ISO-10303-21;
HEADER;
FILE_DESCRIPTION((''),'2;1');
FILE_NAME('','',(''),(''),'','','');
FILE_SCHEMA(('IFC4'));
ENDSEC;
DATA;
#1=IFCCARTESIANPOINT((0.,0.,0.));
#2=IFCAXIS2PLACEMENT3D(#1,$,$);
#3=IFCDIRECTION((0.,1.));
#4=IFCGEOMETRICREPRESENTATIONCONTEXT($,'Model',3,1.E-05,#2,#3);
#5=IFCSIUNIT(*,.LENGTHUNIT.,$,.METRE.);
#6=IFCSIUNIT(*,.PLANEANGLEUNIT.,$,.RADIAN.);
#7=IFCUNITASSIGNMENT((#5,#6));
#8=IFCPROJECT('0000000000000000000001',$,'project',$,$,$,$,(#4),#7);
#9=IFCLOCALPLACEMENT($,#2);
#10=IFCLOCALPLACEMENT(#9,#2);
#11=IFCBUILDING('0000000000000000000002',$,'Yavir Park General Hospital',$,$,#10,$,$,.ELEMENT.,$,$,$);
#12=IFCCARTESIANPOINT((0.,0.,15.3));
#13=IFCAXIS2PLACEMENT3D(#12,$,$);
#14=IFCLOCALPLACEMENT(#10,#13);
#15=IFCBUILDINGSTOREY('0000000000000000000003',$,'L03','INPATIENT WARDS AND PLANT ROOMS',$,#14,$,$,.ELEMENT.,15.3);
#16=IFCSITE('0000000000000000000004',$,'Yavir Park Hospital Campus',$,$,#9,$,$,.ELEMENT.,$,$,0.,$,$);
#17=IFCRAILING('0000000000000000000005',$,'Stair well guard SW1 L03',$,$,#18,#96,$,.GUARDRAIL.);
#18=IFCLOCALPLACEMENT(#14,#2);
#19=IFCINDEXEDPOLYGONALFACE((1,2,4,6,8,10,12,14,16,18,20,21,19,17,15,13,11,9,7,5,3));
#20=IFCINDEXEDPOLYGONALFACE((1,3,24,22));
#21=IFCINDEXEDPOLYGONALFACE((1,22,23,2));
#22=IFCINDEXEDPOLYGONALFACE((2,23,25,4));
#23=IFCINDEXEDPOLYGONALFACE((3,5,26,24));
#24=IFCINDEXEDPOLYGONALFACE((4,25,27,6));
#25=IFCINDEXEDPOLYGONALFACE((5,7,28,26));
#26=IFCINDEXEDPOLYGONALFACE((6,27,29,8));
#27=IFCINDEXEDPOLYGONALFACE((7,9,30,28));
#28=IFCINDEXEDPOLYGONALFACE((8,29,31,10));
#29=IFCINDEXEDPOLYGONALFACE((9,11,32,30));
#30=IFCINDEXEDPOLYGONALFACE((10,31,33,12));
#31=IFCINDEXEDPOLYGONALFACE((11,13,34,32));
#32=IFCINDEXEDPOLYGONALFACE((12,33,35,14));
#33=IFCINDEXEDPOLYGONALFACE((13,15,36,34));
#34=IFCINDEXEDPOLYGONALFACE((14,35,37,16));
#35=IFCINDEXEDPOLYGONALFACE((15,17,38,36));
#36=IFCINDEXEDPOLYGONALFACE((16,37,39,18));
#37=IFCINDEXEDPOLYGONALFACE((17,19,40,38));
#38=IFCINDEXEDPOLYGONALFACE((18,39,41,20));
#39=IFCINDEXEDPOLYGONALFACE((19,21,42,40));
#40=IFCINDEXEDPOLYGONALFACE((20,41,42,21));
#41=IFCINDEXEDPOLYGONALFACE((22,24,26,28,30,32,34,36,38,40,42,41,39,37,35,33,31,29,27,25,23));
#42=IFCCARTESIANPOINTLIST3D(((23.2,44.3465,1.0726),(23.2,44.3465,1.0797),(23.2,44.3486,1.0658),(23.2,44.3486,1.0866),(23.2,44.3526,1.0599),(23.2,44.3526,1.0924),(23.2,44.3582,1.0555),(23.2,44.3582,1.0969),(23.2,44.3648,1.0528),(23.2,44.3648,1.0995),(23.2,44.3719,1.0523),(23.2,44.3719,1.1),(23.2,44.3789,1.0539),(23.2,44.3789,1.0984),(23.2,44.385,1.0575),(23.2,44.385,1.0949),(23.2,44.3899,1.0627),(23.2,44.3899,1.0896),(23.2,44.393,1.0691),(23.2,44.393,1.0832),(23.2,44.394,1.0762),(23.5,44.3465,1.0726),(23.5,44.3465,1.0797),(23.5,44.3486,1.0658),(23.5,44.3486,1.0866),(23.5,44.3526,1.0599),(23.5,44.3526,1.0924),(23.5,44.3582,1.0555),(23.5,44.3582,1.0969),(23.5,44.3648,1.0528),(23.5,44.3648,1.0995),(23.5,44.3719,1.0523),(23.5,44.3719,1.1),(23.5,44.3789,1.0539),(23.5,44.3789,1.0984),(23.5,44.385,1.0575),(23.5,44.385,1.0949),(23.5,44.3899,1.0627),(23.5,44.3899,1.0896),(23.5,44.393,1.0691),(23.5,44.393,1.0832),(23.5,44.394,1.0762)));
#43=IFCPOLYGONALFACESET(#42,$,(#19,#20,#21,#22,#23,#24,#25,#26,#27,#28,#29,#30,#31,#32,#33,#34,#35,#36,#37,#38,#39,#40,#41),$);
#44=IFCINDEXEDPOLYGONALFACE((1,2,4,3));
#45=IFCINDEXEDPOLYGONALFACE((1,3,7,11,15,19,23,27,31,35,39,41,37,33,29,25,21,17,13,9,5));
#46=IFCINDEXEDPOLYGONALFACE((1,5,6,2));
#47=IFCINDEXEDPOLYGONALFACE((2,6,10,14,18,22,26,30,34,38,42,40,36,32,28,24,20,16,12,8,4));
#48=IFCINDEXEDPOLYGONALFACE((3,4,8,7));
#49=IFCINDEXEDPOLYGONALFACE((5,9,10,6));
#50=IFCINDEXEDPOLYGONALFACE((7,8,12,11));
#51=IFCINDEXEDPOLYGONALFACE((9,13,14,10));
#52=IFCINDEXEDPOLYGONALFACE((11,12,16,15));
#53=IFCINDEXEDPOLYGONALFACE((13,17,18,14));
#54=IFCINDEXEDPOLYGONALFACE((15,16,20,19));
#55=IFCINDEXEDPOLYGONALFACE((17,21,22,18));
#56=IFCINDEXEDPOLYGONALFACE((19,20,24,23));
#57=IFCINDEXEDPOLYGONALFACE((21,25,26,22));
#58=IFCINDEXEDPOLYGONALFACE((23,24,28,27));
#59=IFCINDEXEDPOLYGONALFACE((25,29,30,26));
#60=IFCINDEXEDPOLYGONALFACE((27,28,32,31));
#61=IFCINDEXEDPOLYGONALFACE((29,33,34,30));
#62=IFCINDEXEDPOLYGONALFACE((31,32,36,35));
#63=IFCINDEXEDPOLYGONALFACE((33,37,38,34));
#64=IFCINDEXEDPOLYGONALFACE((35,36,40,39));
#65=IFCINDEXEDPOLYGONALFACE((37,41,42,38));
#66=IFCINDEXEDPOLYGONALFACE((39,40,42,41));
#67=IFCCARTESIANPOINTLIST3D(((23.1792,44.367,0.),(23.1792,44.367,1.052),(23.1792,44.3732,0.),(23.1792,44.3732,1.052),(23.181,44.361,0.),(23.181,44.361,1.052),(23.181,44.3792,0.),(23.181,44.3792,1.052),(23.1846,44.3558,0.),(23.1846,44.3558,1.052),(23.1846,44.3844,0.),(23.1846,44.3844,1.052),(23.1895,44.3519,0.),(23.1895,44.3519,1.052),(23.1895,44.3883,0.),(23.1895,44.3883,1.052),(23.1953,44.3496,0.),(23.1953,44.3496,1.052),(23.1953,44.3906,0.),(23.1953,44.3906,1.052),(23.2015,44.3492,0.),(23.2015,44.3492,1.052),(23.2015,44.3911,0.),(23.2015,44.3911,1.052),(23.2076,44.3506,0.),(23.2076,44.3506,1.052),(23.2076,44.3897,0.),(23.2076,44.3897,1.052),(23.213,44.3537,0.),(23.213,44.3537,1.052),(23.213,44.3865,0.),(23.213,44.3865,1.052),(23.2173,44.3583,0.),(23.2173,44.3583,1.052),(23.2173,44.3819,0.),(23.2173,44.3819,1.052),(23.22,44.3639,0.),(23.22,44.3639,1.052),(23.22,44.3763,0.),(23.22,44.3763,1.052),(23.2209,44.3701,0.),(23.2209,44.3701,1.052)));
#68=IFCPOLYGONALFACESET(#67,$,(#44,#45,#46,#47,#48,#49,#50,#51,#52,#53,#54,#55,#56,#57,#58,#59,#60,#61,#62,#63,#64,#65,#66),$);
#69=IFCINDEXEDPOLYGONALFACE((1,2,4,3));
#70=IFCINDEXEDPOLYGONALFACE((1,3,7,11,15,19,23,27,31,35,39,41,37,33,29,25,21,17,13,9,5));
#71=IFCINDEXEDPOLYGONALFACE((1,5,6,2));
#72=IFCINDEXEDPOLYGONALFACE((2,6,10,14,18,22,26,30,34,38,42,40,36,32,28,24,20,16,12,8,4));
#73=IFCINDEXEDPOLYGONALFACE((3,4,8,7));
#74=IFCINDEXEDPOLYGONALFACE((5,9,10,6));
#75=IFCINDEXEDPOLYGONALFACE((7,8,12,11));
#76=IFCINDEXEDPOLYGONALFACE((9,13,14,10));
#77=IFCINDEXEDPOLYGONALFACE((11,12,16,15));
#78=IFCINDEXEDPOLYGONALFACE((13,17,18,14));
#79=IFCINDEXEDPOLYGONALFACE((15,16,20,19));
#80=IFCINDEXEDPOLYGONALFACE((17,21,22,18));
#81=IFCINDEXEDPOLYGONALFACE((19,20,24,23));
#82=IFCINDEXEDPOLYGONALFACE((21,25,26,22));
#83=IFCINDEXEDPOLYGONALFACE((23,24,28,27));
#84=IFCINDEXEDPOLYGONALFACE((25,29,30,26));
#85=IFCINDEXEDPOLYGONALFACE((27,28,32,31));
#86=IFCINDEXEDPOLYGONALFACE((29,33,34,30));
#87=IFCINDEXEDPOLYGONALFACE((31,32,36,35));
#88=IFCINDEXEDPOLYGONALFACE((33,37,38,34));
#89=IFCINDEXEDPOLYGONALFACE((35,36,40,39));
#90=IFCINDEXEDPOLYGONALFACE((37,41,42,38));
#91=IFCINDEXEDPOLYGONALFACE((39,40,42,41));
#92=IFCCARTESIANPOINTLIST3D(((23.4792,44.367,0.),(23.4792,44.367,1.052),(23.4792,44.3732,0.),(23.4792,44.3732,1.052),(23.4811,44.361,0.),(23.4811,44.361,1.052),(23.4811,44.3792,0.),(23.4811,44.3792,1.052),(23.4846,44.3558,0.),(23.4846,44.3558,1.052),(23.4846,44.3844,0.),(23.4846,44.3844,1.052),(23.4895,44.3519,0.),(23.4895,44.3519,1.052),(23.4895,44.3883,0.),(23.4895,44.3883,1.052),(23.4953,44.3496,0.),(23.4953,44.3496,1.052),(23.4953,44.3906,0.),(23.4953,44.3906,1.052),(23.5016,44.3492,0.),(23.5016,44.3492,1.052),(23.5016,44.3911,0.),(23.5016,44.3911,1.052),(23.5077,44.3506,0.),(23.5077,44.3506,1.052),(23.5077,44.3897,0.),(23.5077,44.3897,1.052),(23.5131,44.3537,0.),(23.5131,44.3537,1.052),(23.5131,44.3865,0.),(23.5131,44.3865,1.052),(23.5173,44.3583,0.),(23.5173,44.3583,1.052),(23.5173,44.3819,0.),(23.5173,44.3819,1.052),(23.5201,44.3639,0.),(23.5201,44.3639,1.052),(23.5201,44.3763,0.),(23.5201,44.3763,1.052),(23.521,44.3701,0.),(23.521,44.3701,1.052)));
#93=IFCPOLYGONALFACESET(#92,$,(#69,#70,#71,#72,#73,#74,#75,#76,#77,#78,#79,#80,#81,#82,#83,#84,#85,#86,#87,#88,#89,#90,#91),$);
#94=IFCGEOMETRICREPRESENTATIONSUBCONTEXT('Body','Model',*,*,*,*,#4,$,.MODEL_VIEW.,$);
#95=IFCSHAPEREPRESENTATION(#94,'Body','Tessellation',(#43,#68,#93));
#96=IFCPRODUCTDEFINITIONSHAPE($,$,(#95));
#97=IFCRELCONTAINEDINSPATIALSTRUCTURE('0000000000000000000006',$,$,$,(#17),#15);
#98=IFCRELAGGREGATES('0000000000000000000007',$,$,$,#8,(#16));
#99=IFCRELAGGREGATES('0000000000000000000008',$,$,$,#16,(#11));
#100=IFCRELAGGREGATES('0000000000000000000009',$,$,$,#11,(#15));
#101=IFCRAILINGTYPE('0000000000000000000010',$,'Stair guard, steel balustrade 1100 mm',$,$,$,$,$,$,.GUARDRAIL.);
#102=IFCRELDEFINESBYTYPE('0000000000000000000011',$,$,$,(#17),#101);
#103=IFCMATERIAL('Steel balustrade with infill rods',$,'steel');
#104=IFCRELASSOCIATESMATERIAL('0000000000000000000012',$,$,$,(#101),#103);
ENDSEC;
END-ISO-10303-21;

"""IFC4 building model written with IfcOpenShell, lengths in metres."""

from ifc_helpers import new_model, si_unit, direction, frame, origin, origin_2d, place, context, subcontext, project, spatial, circle, extrude, material, type_object, element, save


model = new_model("IFC4")

# Units and contexts
model_context = context("Model", 3, precision=1e-05, world=origin(), true_north=direction((0.0, 1.0)))
body_context = subcontext(model_context, "Body", "Model", "MODEL_VIEW")
ifc_project = project(units=[si_unit("LENGTHUNIT", "METRE"), si_unit("PLANEANGLEUNIT", "RADIAN")], contexts=[model_context])

# Site, building, storey
site_placement = place(None, origin())
site = spatial("IfcSite", under=ifc_project, at=site_placement, Name="Yavir Park Hospital Campus", CompositionType="ELEMENT", RefElevation=0.0)
building_placement = place(site_placement, origin())
building = spatial("IfcBuilding", under=site, at=building_placement, Name="Yavir Park General Hospital", CompositionType="ELEMENT")
storey_placement = place(building_placement, frame((0.0, 0.0, 15.3)))
storey = spatial("IfcBuildingStorey", under=building, at=storey_placement, Name="L03", Description="INPATIENT WARDS AND PLANT ROOMS", CompositionType="ELEMENT", Elevation=15.3)

# Railing
ifc_material_1 = material(Name="Steel balustrade with infill rods", Category="steel")
railing_type_1 = type_object("IfcRailingType", Name="Stair guard, steel balustrade 1100 mm", PredefinedType="GUARDRAIL", material=ifc_material_1)
railing_placement = place(storey_placement, frame((23.2, 44.3701, 0.0)))
element("IfcRailing", 1, at=railing_placement, inside=storey, type_object=railing_type_1, Name="Stair well guard SW1 L03", PredefinedType="GUARDRAIL", context=body_context, shape_type="SweptSolid", body=[
    extrude(circle(Radius=0.0239, at=origin_2d()), frame((0.0, 0.0, 1.0762), z_axis=(1.0, 0.0, 0.0), x_axis=(0.0, 1.0, 0.0)), (0.0, 0.0, 1.0), 0.3),
    extrude(circle(Radius=0.021, at=origin_2d()), origin(), (0.0, 0.0, 1.0), 1.052),
    extrude(circle(Radius=0.021, at=origin_2d()), frame((0.3, 0.0, 0.0)), (0.0, 0.0, 1.0), 1.052),
])

save(model, "model.ifc")
